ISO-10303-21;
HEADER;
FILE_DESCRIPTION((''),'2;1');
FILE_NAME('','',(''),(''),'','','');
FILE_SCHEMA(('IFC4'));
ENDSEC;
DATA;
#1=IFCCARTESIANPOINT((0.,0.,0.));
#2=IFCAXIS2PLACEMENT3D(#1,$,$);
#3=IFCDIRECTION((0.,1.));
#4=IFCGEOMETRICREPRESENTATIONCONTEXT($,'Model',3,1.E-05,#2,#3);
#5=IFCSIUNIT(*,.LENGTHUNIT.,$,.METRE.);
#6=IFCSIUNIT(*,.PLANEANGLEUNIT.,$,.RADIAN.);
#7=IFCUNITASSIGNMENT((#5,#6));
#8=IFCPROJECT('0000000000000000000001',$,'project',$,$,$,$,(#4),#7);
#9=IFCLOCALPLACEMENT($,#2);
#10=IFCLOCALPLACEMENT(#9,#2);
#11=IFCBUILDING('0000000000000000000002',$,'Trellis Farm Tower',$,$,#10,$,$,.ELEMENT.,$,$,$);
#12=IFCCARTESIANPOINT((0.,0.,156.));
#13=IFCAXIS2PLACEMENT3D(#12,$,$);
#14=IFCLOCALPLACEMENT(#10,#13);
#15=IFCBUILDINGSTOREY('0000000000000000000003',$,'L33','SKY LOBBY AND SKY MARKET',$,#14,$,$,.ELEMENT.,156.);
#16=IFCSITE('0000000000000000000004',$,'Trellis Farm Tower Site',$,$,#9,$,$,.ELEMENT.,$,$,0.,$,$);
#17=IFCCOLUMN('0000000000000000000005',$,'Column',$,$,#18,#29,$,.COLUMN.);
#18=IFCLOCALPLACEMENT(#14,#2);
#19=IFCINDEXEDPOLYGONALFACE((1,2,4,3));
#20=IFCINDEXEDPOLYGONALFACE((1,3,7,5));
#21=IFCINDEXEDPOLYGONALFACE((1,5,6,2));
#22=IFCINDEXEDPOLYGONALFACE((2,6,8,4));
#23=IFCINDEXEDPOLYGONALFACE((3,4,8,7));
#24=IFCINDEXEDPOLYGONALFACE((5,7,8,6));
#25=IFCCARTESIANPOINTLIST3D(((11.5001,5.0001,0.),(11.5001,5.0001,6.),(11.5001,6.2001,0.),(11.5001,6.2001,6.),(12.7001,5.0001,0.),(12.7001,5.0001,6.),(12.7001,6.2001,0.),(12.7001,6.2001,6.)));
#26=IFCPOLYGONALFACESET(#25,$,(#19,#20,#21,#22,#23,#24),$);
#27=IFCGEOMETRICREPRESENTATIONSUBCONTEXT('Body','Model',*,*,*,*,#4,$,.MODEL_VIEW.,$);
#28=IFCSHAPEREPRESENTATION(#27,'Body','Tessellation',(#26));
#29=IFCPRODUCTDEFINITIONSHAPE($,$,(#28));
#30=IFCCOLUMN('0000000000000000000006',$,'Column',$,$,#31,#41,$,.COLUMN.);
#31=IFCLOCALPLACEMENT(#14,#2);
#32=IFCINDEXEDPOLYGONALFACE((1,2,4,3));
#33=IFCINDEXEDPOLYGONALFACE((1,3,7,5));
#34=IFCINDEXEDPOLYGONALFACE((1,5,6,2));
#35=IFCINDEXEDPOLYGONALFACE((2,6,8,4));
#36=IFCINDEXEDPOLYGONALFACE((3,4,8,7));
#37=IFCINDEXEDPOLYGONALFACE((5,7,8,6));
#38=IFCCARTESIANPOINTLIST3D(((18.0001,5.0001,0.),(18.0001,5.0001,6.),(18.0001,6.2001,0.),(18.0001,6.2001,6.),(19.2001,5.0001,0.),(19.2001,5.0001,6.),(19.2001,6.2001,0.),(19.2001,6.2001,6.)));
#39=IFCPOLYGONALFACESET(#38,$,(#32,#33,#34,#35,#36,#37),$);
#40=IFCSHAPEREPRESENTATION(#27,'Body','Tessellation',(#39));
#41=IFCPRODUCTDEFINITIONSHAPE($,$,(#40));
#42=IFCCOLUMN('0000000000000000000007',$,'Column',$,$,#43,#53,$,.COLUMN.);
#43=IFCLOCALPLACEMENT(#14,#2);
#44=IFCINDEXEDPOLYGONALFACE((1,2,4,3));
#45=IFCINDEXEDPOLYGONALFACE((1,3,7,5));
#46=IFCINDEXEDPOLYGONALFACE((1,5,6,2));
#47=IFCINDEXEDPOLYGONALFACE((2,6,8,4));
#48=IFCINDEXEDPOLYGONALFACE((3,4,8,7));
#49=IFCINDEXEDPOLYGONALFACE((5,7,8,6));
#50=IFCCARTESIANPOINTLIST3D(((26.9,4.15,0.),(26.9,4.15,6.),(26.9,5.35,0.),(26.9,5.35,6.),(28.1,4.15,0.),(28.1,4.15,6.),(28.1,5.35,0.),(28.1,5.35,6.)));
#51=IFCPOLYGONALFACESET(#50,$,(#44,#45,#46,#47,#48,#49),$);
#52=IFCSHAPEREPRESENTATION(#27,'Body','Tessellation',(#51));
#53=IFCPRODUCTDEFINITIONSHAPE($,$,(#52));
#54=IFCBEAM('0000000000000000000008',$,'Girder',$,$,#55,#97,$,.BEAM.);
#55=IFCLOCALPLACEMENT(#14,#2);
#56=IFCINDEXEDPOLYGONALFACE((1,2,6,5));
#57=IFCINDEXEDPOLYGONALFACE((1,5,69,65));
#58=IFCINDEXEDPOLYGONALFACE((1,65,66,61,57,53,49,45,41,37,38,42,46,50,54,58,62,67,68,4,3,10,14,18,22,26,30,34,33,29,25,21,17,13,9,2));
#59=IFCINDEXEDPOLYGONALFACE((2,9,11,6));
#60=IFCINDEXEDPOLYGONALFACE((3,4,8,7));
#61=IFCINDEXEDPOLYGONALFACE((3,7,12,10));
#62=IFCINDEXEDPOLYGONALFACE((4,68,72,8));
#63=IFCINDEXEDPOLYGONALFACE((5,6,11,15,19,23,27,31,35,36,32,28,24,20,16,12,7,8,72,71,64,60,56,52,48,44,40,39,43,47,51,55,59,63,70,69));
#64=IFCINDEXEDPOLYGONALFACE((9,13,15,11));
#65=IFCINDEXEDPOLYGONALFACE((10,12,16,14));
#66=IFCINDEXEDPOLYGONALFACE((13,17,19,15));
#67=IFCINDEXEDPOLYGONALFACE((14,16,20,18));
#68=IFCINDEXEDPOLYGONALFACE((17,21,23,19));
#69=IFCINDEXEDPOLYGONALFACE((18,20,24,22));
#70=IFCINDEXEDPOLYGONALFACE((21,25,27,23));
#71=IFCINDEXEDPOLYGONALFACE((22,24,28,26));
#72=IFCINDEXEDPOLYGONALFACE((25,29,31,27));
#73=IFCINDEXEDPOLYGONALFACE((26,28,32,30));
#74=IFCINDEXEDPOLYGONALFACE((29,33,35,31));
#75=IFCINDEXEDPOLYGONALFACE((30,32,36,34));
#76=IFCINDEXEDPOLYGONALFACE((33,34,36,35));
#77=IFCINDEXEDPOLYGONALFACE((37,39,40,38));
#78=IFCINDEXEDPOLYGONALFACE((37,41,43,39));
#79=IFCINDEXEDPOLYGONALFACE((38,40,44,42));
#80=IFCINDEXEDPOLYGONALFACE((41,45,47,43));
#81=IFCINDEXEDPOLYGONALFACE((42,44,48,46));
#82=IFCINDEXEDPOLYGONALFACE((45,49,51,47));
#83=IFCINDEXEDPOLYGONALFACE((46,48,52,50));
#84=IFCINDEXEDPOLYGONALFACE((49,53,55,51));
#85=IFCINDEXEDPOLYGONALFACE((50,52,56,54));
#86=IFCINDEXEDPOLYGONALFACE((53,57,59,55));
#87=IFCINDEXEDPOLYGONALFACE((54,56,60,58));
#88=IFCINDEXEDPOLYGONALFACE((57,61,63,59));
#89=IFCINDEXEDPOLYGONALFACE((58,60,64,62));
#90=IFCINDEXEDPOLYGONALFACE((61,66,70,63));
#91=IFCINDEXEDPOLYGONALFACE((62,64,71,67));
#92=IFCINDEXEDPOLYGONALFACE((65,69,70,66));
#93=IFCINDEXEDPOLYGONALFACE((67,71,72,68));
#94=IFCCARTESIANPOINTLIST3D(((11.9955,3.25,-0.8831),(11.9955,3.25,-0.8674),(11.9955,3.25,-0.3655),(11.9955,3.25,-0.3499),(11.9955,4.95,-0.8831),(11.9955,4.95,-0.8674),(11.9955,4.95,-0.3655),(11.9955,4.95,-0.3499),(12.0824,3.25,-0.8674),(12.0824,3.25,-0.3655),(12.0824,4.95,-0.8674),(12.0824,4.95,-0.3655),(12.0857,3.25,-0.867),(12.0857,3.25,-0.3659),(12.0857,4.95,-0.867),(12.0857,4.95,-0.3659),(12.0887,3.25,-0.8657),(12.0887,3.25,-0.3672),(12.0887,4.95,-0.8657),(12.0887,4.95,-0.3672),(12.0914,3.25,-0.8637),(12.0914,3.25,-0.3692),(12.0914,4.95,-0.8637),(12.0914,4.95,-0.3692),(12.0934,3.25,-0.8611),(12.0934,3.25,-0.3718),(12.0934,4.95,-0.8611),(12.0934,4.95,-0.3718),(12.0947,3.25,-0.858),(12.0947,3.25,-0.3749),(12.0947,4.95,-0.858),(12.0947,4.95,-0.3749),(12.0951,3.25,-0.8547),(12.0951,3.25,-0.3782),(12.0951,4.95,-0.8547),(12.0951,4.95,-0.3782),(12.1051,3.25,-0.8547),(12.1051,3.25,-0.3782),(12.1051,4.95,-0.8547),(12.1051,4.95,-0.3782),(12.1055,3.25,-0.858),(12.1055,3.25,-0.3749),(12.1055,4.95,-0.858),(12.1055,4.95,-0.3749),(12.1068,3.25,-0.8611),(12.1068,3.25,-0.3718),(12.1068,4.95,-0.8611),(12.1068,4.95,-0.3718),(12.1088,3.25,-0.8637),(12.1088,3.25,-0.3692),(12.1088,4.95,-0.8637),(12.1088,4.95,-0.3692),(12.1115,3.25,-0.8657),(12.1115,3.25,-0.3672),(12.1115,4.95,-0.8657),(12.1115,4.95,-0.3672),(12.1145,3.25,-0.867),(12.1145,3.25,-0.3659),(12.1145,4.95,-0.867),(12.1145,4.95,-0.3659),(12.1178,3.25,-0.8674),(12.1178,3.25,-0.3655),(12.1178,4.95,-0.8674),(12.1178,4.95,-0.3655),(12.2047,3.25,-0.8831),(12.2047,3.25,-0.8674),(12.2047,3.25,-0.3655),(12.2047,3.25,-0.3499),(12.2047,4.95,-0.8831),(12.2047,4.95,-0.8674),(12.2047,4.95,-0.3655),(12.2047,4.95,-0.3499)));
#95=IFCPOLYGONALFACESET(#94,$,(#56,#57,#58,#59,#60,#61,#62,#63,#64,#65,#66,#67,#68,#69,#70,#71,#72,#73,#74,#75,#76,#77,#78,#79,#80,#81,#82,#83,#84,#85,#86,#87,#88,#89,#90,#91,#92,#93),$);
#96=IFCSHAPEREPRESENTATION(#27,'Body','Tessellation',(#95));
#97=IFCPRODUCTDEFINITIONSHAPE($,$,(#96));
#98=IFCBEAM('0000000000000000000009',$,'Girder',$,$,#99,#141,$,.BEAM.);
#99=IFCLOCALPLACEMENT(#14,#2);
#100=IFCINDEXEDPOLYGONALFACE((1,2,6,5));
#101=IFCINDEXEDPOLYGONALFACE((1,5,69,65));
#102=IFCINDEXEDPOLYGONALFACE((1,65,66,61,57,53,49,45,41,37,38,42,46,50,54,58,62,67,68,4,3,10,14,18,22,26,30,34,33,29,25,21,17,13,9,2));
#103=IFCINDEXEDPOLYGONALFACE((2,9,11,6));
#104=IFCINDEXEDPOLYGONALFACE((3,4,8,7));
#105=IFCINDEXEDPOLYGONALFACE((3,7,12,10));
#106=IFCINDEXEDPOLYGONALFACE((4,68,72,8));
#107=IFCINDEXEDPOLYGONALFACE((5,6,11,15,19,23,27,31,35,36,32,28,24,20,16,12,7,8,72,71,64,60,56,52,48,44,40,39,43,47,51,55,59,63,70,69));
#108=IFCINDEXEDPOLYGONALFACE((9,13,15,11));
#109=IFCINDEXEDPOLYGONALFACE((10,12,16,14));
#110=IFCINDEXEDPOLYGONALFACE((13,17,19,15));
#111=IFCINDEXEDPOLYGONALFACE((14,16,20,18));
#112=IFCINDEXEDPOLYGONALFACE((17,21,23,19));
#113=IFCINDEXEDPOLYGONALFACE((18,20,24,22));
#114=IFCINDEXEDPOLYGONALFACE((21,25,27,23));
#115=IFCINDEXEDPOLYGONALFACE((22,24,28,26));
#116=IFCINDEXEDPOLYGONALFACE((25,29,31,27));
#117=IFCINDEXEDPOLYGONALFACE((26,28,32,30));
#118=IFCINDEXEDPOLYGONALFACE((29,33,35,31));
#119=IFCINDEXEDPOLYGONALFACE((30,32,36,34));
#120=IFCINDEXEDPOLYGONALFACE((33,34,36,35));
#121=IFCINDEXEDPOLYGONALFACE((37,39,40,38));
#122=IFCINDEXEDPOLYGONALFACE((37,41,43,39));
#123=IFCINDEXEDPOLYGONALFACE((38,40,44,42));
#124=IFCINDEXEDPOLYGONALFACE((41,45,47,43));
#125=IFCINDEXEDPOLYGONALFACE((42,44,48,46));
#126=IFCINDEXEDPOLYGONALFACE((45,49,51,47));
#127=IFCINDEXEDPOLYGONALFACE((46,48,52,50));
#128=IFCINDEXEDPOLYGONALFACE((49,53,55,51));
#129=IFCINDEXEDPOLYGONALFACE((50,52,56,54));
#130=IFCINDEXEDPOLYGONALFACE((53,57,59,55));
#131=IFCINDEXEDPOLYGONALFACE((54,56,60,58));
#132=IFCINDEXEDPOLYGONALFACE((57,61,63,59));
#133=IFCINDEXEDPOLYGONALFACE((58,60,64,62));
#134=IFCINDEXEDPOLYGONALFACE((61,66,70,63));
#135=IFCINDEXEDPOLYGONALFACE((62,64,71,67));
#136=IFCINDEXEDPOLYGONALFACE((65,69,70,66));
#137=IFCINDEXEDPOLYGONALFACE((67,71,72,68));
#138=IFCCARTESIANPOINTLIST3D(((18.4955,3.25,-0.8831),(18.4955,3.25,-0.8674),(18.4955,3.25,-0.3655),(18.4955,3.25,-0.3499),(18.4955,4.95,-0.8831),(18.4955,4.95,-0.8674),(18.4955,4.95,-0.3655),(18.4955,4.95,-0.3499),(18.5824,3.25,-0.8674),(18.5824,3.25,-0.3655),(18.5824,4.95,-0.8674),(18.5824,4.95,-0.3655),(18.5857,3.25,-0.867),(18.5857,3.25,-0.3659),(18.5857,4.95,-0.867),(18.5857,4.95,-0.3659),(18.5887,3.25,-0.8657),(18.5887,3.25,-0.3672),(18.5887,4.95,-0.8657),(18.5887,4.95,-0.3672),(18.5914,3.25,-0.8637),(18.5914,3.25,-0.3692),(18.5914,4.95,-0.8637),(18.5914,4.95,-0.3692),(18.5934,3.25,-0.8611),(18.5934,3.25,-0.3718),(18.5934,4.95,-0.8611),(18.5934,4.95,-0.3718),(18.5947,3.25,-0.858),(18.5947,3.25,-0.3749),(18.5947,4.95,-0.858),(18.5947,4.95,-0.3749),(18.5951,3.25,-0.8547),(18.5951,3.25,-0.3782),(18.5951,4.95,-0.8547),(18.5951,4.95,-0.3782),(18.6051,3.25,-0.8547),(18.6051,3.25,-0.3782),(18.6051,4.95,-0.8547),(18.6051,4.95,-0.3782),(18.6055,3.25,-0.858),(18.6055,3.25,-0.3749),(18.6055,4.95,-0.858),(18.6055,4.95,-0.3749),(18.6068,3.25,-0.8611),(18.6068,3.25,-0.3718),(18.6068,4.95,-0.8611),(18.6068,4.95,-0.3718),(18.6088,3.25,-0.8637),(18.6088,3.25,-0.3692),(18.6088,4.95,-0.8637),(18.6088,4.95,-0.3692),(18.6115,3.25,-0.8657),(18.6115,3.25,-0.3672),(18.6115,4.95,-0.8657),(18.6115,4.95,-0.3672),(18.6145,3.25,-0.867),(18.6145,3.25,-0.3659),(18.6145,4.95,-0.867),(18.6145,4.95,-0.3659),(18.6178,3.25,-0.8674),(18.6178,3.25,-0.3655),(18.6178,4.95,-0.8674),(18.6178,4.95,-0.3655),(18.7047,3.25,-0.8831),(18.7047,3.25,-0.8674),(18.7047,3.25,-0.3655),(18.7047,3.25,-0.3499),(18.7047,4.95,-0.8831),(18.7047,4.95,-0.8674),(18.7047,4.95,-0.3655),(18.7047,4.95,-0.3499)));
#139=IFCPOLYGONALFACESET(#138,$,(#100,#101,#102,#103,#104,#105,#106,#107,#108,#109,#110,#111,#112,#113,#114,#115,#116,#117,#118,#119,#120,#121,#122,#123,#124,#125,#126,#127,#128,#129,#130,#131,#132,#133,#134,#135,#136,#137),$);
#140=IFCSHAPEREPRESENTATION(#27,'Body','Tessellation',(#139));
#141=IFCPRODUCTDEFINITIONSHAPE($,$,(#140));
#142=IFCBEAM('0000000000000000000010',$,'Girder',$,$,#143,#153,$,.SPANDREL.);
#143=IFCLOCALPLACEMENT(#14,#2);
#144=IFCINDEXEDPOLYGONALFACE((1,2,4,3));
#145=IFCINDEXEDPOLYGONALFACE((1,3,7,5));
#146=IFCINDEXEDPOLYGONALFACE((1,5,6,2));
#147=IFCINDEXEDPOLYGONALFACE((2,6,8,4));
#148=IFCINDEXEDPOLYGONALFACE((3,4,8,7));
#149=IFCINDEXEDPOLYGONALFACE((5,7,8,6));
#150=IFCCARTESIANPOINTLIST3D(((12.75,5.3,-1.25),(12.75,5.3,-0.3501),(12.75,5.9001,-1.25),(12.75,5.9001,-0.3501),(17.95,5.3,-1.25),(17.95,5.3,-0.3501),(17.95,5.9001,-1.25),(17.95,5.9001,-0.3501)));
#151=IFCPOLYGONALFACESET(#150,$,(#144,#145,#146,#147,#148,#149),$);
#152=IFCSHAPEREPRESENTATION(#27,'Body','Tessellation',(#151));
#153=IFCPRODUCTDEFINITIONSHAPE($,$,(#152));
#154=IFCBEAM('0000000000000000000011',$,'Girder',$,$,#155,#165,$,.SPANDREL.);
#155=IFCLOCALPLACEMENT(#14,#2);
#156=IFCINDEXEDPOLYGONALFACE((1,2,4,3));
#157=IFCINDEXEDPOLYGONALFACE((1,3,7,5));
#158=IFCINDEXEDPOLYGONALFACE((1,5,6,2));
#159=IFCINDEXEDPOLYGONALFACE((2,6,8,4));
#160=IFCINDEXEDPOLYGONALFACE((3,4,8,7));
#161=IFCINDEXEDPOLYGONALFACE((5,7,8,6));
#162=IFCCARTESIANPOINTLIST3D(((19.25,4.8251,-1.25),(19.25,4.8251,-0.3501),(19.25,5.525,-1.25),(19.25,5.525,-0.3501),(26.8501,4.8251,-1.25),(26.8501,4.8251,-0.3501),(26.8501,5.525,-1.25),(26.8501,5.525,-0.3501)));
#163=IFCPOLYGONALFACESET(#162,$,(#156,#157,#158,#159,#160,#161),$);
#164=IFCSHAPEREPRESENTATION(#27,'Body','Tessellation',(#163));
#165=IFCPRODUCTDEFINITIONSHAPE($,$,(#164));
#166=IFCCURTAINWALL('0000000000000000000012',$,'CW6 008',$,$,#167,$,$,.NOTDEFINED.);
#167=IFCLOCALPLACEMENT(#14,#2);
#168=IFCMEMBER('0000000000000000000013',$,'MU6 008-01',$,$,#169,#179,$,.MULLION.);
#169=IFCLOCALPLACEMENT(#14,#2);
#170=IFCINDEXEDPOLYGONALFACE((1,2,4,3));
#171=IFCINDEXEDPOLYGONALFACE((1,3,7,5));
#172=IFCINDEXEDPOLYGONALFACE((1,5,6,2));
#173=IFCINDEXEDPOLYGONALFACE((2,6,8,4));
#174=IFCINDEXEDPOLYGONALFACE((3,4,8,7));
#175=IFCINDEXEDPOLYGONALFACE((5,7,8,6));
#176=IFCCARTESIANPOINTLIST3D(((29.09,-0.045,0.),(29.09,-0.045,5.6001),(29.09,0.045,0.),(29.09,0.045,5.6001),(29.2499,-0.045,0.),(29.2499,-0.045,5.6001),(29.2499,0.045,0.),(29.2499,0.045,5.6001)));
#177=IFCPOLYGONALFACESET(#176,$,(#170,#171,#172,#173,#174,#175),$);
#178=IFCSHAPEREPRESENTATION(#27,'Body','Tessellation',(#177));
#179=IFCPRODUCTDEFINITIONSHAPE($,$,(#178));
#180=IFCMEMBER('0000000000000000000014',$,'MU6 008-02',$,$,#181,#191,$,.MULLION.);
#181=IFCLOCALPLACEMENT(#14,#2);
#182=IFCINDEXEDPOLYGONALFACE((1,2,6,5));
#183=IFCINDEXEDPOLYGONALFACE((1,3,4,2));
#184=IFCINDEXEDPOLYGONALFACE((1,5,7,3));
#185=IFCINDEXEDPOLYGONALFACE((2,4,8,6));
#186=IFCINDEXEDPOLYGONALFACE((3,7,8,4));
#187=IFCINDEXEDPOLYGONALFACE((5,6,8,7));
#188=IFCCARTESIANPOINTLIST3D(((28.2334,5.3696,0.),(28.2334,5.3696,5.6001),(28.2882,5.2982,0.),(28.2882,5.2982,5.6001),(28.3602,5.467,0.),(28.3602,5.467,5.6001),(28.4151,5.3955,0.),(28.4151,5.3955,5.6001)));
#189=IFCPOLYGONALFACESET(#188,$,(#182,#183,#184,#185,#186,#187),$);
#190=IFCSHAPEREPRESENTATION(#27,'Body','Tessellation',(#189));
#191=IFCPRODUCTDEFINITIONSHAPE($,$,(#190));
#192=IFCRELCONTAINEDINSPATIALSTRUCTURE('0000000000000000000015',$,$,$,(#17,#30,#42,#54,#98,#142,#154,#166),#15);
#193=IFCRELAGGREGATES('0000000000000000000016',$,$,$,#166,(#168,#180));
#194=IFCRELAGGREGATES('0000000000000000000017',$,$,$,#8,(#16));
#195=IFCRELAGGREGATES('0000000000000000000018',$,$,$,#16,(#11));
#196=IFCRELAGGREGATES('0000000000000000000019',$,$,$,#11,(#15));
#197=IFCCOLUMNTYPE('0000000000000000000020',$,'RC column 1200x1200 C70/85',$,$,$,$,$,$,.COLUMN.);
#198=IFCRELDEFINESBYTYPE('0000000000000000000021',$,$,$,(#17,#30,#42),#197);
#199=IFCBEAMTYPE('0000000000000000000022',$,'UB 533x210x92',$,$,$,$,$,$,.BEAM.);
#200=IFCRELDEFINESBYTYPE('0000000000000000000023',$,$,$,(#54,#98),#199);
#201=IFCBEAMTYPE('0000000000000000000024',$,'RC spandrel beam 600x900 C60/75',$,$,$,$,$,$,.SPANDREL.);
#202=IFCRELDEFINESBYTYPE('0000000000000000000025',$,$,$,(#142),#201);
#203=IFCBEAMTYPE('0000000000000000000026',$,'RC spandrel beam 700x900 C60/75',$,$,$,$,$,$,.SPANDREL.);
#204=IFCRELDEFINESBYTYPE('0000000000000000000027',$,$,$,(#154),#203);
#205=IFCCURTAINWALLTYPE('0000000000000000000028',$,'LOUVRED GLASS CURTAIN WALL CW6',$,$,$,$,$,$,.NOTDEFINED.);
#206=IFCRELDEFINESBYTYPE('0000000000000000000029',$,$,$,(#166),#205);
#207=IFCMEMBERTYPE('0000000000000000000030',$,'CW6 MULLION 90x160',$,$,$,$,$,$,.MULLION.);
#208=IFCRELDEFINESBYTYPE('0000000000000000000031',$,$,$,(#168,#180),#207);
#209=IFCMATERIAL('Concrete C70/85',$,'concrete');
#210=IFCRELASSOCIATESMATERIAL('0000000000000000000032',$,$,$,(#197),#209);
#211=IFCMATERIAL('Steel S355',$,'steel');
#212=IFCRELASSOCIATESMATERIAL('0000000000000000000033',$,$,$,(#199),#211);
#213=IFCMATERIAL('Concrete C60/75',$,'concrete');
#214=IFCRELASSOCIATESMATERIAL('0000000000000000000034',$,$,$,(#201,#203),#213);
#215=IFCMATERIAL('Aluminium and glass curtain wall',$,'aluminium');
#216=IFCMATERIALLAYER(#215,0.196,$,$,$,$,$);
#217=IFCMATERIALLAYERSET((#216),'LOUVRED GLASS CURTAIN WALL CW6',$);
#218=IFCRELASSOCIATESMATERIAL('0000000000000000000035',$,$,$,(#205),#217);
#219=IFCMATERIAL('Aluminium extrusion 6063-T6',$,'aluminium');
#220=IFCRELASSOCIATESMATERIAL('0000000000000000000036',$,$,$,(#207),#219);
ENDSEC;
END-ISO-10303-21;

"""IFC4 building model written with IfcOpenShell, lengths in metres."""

from ifc_helpers import new_model, si_unit, direction, frame, origin, origin_2d, place, context, subcontext, project, spatial, rectangle, i_section, extrude, source, transform, mapped, material, layer, layer_set, material_profile, profile_set, type_object, element, aggregate, save


model = new_model("IFC4")

# Units and contexts
model_context = context("Model", 3, precision=1e-05, world=origin(), true_north=direction((0.0, 1.0)))
body_context = subcontext(model_context, "Body", "Model", "MODEL_VIEW")
ifc_project = project(units=[si_unit("LENGTHUNIT", "METRE"), si_unit("PLANEANGLEUNIT", "RADIAN")], contexts=[model_context])

# Site, building, storey
site_placement = place(None, origin())
site = spatial("IfcSite", under=ifc_project, at=site_placement, Name="Trellis Farm Tower Site", CompositionType="ELEMENT", RefElevation=0.0)
building_placement = place(site_placement, origin())
building = spatial("IfcBuilding", under=site, at=building_placement, Name="Trellis Farm Tower", CompositionType="ELEMENT")
storey_placement = place(building_placement, frame((0.0, 0.0, 156.0)))
storey = spatial("IfcBuildingStorey", under=building, at=storey_placement, Name="L33", Description="SKY LOBBY AND SKY MARKET", CompositionType="ELEMENT", Elevation=156.0)

# Columns
ifc_material_1 = material(Name="Concrete C70/85", Category="concrete")
ifc_material_profile_1 = material_profile(ifc_material_1, rectangle(XDim=1.2, YDim=1.2, at=origin_2d()), Name="RC column 1200x1200 C70/85")
ifc_profile_set_1 = profile_set([ifc_material_profile_1], Name="Concrete C70/85")
column_type = type_object("IfcColumnType", Name="RC column 1200x1200 C70/85", PredefinedType="COLUMN", material=ifc_profile_set_1)
shared_shape_1 = source(origin(), body_context, "Body", "SweptSolid", [
    extrude(rectangle(XDim=1.2, YDim=1.2, at=origin_2d()), origin(), (0.0, 0.0, 1.0), 6.0),
])
for number, where, z_axis, x_axis, name in (
    (1, (12.1001, 5.6001, 0.0), (0.0, 0.0, 1.0), (1.0, 0.0, 0.0), "Column"),
    (2, (18.6001, 5.6001, 0.0), (0.0, 0.0, 1.0), (1.0, 0.0, 0.0), "Column"),
    (3, (27.5, 4.75, 0.0), (0.0, 0.0, 1.0), (1.0, 0.0, 0.0), "Column"),
):
    element("IfcColumn", number, at=place(storey_placement, frame(where, z_axis=z_axis, x_axis=x_axis)), inside=storey, type_object=column_type, Name=name, PredefinedType="COLUMN", context=body_context, shape_type="MappedRepresentation", body=[
        mapped(shared_shape_1, transform((0.0, 0.0, 0.0))),
    ])

# Beams
ifc_material_2 = material(Name="Steel S355", Category="steel")
ifc_material_profile_2 = material_profile(ifc_material_2, i_section(OverallWidth=0.2092, OverallDepth=0.5332, WebThickness=0.01, FlangeThickness=0.0156, FilletRadius=0.0127, at=origin_2d()), Name="UB 533x210x92")
ifc_profile_set_2 = profile_set([ifc_material_profile_2], Name="Steel S355")
beam_type_1 = type_object("IfcBeamType", Name="UB 533x210x92", PredefinedType="BEAM", material=ifc_profile_set_2)
shared_shape_2 = source(origin(), body_context, "Body", "SweptSolid", [
    extrude(i_section(OverallWidth=0.2092, OverallDepth=0.5332, WebThickness=0.01, FlangeThickness=0.0156, FilletRadius=0.0127, at=origin_2d()), origin(), (0.0, 0.0, 1.0), 1.7),
])
for number, where, z_axis, x_axis, name in (
    (4, (12.1001, 3.25, -0.6165), (0.0, 1.0, 0.0), (-1.0, 0.0, 0.0), "Girder"),
    (5, (18.6001, 3.25, -0.6165), (0.0, 1.0, 0.0), (-1.0, 0.0, 0.0), "Girder"),
):
    element("IfcBeam", number, at=place(storey_placement, frame(where, z_axis=z_axis, x_axis=x_axis)), inside=storey, type_object=beam_type_1, Name=name, PredefinedType="BEAM", context=body_context, shape_type="MappedRepresentation", body=[
        mapped(shared_shape_2, transform((0.0, 0.0, 0.0))),
    ])
ifc_material_3 = material(Name="Concrete C60/75", Category="concrete")
ifc_material_profile_3 = material_profile(ifc_material_3, rectangle(XDim=0.6001, YDim=0.8999, at=origin_2d()), Name="RC spandrel beam 600x900 C60/75")
ifc_profile_set_3 = profile_set([ifc_material_profile_3], Name="Concrete C60/75")
beam_type_2 = type_object("IfcBeamType", Name="RC spandrel beam 600x900 C60/75", PredefinedType="SPANDREL", material=ifc_profile_set_3)
shared_shape_3 = source(origin(), body_context, "Body", "SweptSolid", [
    extrude(rectangle(XDim=0.6001, YDim=0.8999, at=origin_2d()), origin(), (0.0, 0.0, 1.0), 5.2),
])
beam_1_placement = place(storey_placement, frame((12.75, 5.6001, -0.8), z_axis=(1.0, 0.0, 0.0), x_axis=(0.0, 1.0, 0.0)))
element("IfcBeam", 6, at=beam_1_placement, inside=storey, type_object=beam_type_2, Name="Girder", PredefinedType="SPANDREL", context=body_context, shape_type="MappedRepresentation", body=[
    mapped(shared_shape_3, transform((0.0, 0.0, 0.0))),
])
ifc_material_profile_4 = material_profile(ifc_material_3, rectangle(XDim=0.7, YDim=0.8999, at=origin_2d()), Name="RC spandrel beam 700x900 C60/75")
ifc_profile_set_4 = profile_set([ifc_material_profile_4], Name="Concrete C60/75")
beam_type_3 = type_object("IfcBeamType", Name="RC spandrel beam 700x900 C60/75", PredefinedType="SPANDREL", material=ifc_profile_set_4)
shared_shape_4 = source(origin(), body_context, "Body", "SweptSolid", [
    extrude(rectangle(XDim=0.7, YDim=0.8999, at=origin_2d()), origin(), (0.0, 0.0, 1.0), 7.6001),
])
beam_2_placement = place(storey_placement, frame((19.25, 5.175, -0.8), z_axis=(1.0, 0.0, 0.0), x_axis=(0.0, 1.0, 0.0)))
element("IfcBeam", 7, at=beam_2_placement, inside=storey, type_object=beam_type_3, Name="Girder", PredefinedType="SPANDREL", context=body_context, shape_type="MappedRepresentation", body=[
    mapped(shared_shape_4, transform((0.0, 0.0, 0.0))),
])

# Curtain wall, members
ifc_material_4 = material(Name="Aluminium and glass curtain wall", Category="aluminium")
ifc_layer_1 = layer(ifc_material_4, 0.196)
ifc_layer_set_1 = layer_set([ifc_layer_1], Name="LOUVRED GLASS CURTAIN WALL CW6")
curtain_wall_type = type_object("IfcCurtainWallType", Name="LOUVRED GLASS CURTAIN WALL CW6", PredefinedType="NOTDEFINED", material=ifc_layer_set_1)
placement = place(storey_placement, origin())
curtain_wall_1 = element("IfcCurtainWall", 8, at=placement, inside=storey, type_object=curtain_wall_type, Name="CW6 008", PredefinedType="NOTDEFINED")
ifc_material_5 = material(Name="Aluminium extrusion 6063-T6", Category="aluminium")
ifc_material_profile_5 = material_profile(ifc_material_5, rectangle(XDim=0.0901, YDim=0.1599, at=origin_2d()), Name="MULLION 90x160")
ifc_profile_set_5 = profile_set([ifc_material_profile_5], Name="Aluminium extrusion 6063-T6")
member_type = type_object("IfcMemberType", Name="CW6 MULLION 90x160", PredefinedType="MULLION", material=ifc_profile_set_5)
shared_shape_5 = source(origin(), body_context, "Body", "SweptSolid", [
    extrude(rectangle(XDim=0.0901, YDim=0.1599, at=origin_2d()), origin(), (0.0, 0.0, 1.0), 5.6001),
])
member_1_placement = place(storey_placement, frame((29.1699, 0.0, 0.0), z_axis=(0.0, 0.0, 1.0), x_axis=(0.0, 1.0, 0.0)))
member_1 = element("IfcMember", 9, at=member_1_placement, type_object=member_type, Name="MU6 008-01", PredefinedType="MULLION", context=body_context, shape_type="MappedRepresentation", body=[
    mapped(shared_shape_5, transform((0.0, 0.0, 0.0))),
])
member_2_placement = place(storey_placement, frame((28.3242, 5.3826, 0.0), z_axis=(0.0, 0.0, 1.0), x_axis=(-0.608761, 0.793353, 0.0)))
member_2 = element("IfcMember", 10, at=member_2_placement, type_object=member_type, Name="MU6 008-02", PredefinedType="MULLION", context=body_context, shape_type="MappedRepresentation", body=[
    mapped(shared_shape_5, transform((0.0, 0.0, 0.0))),
])
aggregate(curtain_wall_1, [member_1, member_2])

save(model, "model.ifc")
